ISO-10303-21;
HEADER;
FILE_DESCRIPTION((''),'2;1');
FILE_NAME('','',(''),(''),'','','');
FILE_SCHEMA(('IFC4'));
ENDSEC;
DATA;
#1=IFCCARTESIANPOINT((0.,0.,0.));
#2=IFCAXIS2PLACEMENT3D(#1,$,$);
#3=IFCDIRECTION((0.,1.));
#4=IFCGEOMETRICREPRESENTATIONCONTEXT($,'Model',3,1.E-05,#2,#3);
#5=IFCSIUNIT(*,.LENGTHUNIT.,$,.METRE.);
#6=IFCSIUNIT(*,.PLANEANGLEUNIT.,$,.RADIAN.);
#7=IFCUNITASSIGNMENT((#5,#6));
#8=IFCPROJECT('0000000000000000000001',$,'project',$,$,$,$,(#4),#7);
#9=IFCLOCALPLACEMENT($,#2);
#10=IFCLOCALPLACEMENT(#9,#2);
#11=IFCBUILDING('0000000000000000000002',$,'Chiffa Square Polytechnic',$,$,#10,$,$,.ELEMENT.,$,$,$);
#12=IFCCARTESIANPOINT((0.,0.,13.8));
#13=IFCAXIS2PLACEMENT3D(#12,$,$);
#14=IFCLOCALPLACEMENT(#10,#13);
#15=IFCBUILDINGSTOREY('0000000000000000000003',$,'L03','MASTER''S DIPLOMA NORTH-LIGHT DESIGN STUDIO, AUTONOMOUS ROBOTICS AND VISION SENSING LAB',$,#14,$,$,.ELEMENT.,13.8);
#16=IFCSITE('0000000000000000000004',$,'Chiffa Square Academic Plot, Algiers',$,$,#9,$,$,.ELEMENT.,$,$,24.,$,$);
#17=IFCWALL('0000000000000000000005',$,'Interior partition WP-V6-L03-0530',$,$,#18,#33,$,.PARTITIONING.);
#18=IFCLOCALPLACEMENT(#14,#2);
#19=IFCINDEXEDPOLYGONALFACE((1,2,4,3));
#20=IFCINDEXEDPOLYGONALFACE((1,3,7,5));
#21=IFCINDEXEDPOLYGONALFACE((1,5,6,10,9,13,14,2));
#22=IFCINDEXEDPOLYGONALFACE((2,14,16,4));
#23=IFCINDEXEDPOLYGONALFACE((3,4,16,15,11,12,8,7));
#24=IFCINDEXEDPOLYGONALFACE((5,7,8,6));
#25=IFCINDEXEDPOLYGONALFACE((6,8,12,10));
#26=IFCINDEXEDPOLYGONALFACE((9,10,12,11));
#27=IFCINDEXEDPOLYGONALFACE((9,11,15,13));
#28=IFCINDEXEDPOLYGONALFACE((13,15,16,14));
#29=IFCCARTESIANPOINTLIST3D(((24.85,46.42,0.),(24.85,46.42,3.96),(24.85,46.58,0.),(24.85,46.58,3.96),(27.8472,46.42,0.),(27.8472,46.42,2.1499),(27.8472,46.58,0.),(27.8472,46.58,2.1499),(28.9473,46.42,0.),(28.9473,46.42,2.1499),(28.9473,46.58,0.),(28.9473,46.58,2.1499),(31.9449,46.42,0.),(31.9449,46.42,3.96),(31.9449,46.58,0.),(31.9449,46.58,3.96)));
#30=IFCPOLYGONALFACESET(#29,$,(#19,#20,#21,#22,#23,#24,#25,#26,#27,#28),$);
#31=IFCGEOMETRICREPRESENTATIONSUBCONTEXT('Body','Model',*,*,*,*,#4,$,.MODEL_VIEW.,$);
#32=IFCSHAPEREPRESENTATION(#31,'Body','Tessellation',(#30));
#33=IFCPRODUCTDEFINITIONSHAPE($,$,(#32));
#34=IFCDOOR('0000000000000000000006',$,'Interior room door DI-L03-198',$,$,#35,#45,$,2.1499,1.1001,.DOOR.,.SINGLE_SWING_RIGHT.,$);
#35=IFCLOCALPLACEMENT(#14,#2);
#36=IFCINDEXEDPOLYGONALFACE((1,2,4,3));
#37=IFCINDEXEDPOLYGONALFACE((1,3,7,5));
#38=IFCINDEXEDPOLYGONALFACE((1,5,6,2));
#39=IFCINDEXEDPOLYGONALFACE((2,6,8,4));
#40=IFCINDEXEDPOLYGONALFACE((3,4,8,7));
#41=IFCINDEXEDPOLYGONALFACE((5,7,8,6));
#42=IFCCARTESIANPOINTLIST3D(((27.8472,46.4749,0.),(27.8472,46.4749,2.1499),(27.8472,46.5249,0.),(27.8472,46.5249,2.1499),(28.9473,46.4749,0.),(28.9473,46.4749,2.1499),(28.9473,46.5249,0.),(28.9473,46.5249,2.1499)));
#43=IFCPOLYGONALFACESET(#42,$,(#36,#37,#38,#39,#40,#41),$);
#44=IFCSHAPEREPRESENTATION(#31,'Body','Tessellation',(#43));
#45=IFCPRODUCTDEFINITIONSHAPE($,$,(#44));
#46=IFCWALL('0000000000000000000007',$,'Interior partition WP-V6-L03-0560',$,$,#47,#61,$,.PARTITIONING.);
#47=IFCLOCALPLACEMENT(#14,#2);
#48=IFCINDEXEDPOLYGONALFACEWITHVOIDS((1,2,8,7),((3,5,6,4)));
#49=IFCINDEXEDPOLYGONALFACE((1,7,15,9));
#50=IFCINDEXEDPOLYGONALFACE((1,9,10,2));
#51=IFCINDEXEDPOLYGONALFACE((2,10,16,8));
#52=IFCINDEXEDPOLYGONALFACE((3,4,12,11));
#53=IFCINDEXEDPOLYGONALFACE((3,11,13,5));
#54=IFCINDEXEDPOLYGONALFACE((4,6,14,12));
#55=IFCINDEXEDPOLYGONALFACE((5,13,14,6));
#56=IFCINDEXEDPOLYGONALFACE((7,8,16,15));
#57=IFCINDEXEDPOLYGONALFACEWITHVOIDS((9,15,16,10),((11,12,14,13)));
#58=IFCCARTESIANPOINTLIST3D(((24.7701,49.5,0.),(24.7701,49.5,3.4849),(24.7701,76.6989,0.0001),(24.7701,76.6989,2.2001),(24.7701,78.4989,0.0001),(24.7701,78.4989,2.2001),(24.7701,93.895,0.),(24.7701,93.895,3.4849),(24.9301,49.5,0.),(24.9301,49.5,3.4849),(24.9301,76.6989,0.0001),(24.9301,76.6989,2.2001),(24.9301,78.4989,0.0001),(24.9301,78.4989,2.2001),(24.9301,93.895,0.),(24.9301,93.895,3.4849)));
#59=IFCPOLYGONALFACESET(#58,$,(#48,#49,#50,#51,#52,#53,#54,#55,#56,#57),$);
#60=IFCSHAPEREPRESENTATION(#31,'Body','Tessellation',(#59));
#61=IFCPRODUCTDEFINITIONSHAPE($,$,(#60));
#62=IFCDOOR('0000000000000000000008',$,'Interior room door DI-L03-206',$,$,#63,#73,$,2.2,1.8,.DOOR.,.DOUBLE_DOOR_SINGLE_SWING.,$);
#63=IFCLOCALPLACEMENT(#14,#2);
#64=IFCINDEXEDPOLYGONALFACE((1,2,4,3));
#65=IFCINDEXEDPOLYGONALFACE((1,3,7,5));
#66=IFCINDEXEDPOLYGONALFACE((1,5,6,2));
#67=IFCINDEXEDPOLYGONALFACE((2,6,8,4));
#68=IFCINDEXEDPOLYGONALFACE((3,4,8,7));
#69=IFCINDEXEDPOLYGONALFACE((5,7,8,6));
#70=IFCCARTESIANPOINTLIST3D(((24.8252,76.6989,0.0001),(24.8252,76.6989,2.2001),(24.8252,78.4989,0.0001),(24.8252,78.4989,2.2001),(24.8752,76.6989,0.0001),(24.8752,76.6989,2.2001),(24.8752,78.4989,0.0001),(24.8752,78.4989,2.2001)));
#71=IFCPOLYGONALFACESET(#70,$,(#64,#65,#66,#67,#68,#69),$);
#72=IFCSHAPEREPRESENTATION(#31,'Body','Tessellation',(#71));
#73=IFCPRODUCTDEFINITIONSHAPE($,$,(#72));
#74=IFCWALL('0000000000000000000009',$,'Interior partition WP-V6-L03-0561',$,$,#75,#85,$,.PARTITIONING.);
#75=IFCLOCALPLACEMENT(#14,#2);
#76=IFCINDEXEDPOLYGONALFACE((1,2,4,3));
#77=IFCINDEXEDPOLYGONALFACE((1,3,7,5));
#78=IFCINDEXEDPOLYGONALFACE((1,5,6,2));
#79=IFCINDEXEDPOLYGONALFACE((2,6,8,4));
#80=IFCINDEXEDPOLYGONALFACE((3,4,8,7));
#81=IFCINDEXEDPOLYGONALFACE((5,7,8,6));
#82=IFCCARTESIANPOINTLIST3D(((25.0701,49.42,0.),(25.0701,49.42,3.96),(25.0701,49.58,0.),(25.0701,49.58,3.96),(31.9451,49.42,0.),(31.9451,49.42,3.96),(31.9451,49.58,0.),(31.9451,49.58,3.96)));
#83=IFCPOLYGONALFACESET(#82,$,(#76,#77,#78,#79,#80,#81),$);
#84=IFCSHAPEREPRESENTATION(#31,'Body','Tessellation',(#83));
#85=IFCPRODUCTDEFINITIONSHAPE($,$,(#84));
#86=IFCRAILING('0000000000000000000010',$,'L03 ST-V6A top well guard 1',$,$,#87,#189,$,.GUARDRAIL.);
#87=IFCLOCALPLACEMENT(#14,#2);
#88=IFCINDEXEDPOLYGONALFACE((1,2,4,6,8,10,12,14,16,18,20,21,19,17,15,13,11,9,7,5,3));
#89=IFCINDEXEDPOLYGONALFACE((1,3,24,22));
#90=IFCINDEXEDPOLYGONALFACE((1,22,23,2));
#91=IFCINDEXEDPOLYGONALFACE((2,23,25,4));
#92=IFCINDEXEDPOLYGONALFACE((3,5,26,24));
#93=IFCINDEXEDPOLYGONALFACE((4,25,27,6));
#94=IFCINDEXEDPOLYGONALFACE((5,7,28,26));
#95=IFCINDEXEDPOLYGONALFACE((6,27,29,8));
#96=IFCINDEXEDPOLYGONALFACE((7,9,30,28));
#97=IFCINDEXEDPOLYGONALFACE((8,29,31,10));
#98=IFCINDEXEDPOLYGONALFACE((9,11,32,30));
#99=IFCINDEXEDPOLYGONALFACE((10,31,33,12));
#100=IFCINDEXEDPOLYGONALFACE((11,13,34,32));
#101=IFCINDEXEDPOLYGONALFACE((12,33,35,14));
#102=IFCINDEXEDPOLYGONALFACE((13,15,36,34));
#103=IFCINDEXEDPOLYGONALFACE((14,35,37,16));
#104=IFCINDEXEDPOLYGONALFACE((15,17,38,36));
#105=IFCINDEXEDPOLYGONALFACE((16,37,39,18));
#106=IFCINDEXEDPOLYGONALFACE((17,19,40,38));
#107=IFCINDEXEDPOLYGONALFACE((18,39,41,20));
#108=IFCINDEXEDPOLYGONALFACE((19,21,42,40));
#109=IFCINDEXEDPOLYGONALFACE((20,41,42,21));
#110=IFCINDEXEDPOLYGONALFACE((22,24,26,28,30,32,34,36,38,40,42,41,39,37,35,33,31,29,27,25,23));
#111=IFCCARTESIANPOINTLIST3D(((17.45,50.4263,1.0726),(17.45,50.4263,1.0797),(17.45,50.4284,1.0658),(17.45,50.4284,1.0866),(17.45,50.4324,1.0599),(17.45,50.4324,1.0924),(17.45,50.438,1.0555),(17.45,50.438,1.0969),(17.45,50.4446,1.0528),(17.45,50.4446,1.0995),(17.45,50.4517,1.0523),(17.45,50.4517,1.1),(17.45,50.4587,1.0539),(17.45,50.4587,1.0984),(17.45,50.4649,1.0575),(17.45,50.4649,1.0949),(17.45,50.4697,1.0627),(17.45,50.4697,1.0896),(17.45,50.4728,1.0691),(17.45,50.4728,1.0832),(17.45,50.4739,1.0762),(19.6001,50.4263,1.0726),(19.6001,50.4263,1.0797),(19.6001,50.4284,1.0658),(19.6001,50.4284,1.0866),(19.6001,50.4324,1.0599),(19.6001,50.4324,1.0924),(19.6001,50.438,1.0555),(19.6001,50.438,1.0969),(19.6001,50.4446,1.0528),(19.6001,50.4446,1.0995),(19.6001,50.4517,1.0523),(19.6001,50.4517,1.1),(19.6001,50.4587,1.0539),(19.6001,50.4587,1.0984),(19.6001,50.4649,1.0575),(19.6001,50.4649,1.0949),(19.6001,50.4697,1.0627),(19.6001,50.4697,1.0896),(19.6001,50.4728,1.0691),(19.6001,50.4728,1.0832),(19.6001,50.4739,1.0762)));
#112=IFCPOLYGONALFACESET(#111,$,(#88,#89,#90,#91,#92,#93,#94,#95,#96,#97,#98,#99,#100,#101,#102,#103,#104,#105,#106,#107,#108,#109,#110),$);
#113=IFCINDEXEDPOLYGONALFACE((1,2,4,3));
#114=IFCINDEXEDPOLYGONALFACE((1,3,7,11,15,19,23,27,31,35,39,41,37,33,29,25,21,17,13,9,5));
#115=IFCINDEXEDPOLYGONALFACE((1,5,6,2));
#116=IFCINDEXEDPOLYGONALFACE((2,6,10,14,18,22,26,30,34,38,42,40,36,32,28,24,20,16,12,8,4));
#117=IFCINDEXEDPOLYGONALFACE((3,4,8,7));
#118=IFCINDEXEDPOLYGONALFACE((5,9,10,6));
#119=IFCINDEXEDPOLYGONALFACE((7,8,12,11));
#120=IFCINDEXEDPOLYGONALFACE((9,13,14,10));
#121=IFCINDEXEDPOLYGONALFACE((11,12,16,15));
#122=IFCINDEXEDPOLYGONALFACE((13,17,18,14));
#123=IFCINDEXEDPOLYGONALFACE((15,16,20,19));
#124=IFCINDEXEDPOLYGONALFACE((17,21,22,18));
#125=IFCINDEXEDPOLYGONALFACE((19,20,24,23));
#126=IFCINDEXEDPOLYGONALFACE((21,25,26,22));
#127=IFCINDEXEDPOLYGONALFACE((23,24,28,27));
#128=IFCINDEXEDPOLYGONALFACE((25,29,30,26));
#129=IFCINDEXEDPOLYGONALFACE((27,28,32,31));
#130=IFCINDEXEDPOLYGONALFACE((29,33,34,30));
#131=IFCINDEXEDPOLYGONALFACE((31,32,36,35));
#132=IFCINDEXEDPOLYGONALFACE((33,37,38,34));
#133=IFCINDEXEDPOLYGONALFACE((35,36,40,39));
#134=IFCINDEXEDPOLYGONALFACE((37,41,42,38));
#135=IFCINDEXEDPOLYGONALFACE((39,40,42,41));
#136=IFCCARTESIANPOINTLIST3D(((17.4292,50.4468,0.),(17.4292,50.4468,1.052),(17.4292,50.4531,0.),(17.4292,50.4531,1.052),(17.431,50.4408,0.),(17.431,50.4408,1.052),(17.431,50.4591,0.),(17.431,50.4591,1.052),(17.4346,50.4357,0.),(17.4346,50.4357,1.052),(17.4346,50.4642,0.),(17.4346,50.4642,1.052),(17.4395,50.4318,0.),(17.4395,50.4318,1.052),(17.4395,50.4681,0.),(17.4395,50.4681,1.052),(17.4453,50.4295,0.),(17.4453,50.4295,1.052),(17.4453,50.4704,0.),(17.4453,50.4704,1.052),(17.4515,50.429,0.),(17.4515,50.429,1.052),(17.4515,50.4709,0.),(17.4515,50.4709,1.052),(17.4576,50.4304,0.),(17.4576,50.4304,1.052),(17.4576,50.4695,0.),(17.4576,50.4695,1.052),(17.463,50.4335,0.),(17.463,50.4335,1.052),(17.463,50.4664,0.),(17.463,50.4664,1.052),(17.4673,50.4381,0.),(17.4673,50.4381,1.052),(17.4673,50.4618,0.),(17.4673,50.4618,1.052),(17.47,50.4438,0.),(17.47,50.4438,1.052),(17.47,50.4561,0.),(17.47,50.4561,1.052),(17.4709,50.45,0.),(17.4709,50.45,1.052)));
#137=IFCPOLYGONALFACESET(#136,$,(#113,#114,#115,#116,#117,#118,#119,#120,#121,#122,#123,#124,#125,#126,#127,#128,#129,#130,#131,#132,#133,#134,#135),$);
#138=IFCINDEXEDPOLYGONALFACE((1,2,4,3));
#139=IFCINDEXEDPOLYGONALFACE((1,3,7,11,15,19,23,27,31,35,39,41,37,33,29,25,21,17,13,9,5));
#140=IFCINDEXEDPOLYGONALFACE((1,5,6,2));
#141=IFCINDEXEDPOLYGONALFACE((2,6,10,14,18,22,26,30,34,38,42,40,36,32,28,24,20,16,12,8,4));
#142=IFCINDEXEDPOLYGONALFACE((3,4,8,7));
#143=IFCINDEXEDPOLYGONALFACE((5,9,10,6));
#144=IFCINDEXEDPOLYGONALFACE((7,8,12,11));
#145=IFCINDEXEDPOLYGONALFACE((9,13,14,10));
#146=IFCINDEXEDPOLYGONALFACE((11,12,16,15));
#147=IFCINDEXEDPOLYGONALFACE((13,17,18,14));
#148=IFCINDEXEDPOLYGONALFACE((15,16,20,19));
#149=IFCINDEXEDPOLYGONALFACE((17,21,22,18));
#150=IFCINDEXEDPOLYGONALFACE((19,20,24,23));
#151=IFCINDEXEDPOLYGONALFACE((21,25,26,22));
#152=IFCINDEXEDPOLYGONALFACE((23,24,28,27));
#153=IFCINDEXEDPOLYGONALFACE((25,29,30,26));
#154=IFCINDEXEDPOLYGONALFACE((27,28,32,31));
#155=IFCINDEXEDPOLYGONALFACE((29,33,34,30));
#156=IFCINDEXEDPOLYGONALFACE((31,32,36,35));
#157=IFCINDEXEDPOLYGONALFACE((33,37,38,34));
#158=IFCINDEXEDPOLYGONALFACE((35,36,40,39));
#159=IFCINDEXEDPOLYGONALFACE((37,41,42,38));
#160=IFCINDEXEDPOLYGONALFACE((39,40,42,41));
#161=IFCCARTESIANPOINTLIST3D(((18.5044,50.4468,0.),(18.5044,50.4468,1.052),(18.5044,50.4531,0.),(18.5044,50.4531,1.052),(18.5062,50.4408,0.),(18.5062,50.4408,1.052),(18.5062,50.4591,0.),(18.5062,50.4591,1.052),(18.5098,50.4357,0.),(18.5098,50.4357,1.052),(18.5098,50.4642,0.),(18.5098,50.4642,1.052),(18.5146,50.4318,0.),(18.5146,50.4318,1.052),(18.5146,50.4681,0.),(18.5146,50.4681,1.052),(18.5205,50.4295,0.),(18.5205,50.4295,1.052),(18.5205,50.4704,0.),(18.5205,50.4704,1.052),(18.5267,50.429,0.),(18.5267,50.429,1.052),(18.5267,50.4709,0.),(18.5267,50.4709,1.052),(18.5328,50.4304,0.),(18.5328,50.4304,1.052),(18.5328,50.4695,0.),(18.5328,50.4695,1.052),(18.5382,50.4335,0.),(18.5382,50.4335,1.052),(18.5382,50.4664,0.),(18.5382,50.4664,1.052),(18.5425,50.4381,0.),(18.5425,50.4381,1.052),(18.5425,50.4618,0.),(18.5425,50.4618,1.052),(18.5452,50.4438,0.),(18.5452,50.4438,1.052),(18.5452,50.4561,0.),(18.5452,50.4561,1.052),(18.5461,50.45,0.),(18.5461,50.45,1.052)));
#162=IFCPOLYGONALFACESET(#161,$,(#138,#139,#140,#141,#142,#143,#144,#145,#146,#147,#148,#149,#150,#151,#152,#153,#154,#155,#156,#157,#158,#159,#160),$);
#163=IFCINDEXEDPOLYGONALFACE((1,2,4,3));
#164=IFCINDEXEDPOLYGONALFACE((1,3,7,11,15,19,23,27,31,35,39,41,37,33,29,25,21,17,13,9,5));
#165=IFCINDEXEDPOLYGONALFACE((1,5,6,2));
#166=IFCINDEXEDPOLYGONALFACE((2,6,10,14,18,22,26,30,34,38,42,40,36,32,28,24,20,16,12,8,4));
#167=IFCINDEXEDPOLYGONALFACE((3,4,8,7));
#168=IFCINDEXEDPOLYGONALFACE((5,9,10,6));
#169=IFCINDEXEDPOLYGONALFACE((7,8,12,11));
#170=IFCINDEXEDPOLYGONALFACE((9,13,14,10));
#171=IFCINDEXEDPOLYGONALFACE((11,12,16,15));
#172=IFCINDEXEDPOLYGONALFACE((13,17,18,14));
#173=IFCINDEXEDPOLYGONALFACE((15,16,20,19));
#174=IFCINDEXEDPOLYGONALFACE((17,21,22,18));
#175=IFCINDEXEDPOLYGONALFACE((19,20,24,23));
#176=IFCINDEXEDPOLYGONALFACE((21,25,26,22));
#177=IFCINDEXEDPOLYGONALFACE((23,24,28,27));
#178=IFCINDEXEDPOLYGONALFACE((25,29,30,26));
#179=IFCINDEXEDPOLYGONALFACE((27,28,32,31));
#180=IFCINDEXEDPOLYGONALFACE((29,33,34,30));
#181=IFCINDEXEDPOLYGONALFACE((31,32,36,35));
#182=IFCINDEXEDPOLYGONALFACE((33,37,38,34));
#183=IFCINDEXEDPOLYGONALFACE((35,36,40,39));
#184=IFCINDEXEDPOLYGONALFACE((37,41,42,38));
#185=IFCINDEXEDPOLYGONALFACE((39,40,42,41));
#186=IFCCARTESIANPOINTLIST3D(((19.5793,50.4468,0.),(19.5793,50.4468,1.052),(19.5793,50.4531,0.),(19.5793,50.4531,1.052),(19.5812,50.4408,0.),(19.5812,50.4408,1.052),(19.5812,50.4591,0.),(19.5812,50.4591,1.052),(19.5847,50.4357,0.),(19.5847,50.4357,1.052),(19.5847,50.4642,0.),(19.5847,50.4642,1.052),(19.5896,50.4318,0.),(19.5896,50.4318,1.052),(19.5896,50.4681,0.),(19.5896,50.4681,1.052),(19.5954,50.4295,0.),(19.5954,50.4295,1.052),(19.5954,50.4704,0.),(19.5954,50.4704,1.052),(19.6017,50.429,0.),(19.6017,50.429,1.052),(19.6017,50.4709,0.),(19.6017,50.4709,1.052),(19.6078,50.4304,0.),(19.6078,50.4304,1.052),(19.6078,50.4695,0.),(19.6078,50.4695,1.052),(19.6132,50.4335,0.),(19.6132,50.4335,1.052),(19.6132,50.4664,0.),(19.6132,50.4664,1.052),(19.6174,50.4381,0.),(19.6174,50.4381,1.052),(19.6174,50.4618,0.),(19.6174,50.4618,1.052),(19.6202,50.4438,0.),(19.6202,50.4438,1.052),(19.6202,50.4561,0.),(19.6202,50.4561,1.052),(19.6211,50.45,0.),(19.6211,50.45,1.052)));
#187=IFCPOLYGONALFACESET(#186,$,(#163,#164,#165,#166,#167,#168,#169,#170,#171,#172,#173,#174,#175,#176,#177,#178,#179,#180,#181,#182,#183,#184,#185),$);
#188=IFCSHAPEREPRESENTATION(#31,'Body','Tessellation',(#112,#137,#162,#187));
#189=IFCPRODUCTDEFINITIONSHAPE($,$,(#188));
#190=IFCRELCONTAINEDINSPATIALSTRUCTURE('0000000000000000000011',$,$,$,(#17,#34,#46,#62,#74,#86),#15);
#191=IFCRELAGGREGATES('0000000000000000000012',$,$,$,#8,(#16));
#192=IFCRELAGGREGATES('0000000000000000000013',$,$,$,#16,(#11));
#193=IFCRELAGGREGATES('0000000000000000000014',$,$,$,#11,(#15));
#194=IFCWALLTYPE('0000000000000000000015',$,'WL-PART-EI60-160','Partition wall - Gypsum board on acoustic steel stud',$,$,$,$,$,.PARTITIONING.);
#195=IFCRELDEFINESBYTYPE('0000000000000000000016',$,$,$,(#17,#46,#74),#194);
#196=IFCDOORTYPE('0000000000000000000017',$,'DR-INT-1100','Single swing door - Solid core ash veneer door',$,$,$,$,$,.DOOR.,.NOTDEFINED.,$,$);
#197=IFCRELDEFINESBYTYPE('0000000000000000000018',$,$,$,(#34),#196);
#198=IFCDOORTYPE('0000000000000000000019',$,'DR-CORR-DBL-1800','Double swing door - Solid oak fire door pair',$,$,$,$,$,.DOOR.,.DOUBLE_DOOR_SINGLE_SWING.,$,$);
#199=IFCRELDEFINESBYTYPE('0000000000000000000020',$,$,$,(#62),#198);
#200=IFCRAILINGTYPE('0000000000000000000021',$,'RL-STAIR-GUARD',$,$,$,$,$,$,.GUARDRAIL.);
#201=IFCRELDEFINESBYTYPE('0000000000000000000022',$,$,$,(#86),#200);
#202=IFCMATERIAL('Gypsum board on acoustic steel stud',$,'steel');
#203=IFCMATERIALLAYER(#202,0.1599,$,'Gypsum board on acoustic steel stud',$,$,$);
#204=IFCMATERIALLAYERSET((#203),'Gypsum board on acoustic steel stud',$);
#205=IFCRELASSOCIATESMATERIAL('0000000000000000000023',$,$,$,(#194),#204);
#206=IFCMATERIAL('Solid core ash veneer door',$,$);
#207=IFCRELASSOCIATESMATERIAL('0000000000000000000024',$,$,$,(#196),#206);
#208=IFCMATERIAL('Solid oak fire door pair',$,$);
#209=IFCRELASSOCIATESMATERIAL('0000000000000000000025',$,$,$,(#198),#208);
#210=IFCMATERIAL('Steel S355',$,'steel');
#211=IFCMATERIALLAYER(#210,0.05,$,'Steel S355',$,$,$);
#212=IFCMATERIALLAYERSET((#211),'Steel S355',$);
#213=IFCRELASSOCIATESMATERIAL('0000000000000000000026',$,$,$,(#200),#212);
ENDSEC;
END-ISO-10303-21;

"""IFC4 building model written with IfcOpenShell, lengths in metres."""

from ifc_helpers import new_model, si_unit, direction, frame, frame_2d, origin, origin_2d, place, context, subcontext, project, spatial, rectangle, circle, extrude, material, layer, layer_set, type_object, element, fill, save


model = new_model("IFC4")

# Units and contexts
model_context = context("Model", 3, precision=1e-05, world=origin(), true_north=direction((0.0, 1.0)))
body_context = subcontext(model_context, "Body", "Model", "MODEL_VIEW")
ifc_project = project(units=[si_unit("LENGTHUNIT", "METRE"), si_unit("PLANEANGLEUNIT", "RADIAN")], contexts=[model_context])

# Site, building, storey
site_placement = place(None, origin())
site = spatial("IfcSite", under=ifc_project, at=site_placement, Name="Chiffa Square Academic Plot, Algiers", CompositionType="ELEMENT", RefElevation=24.0)
building_placement = place(site_placement, origin())
building = spatial("IfcBuilding", under=site, at=building_placement, Name="Chiffa Square Polytechnic", CompositionType="ELEMENT")
storey_placement = place(building_placement, frame((0.0, 0.0, 13.8)))
storey = spatial("IfcBuildingStorey", under=building, at=storey_placement, Name="L03", Description="MASTER'S DIPLOMA NORTH-LIGHT DESIGN STUDIO, AUTONOMOUS ROBOTICS AND VISION SENSING LAB", CompositionType="ELEMENT", Elevation=13.8)

# Walls, openings, doors
ifc_material_1 = material(Name="Gypsum board on acoustic steel stud", Category="steel")
ifc_layer_1 = layer(ifc_material_1, 0.1599, Name="Gypsum board on acoustic steel stud")
ifc_layer_set_1 = layer_set([ifc_layer_1], Name="Gypsum board on acoustic steel stud")
wall_type_1 = type_object("IfcWallType", Name="WL-PART-EI60-160", Description="Partition wall - Gypsum board on acoustic steel stud", PredefinedType="PARTITIONING", material=ifc_layer_set_1)
wall_1_placement = place(storey_placement, frame((24.8501, 46.5, 0.0), z_axis=(0.0, 0.0, 1.0), x_axis=(1.0, 0.0, 0.0)))
wall_1 = element("IfcWall", 1, at=wall_1_placement, inside=storey, type_object=wall_type_1, Name="Interior partition WP-V6-L03-0530", PredefinedType="PARTITIONING", context=body_context, shape_type="SweptSolid", body=[
    extrude(rectangle(XDim=7.095, YDim=0.1599, at=frame_2d((3.5474, 0.0))), origin(), (0.0, 0.0, 1.0), 3.96),
])
opening_1_placement = place(wall_1_placement, frame((2.9971, 0.0, 0.0)))
opening_1 = element("IfcOpeningElement", 2, at=opening_1_placement, cuts=wall_1, PredefinedType="OPENING", context=body_context, shape_type="SweptSolid", body=[
    extrude(rectangle(XDim=1.1001, YDim=2.1499, at=frame_2d((0.55, 1.075))), frame((0.0, 0.0898, 0.0), z_axis=(0.0, -1.0, 0.0), x_axis=(1.0, 0.0, 0.0)), (0.0, 0.0, 1.0), 0.1799),
])
ifc_material_2 = material(Name="Solid core ash veneer door")
door_type_1 = type_object("IfcDoorType", Name="DR-INT-1100", Description="Single swing door - Solid core ash veneer door", OperationType="NOTDEFINED", PredefinedType="DOOR", material=ifc_material_2)
door_1_placement = place(opening_1_placement, origin())
door_1 = element("IfcDoor", 3, at=door_1_placement, inside=storey, type_object=door_type_1, Name="Interior room door DI-L03-198", OperationType="SINGLE_SWING_RIGHT", OverallHeight=2.1499, OverallWidth=1.1001, PredefinedType="DOOR", context=body_context, shape_type="SweptSolid", body=[
    extrude(rectangle(XDim=1.1001, YDim=2.1499, at=frame_2d((0.55, 1.075))), frame((0.0, 0.0249, 0.0), z_axis=(0.0, -1.0, 0.0), x_axis=(1.0, 0.0, 0.0)), (0.0, 0.0, 1.0), 0.05),
])
fill(opening_1, door_1)
wall_2_placement = place(storey_placement, frame((24.8501, 49.5, 0.0), z_axis=(0.0, 0.0, 1.0), x_axis=(0.0, 1.0, 0.0)))
wall_2 = element("IfcWall", 4, at=wall_2_placement, inside=storey, type_object=wall_type_1, Name="Interior partition WP-V6-L03-0560", PredefinedType="PARTITIONING", context=body_context, shape_type="SweptSolid", body=[
    extrude(rectangle(XDim=44.395, YDim=0.1599, at=frame_2d((22.1975, 0.0))), origin(), (0.0, 0.0, 1.0), 3.4849),
])
opening_2_placement = place(wall_2_placement, frame((27.199, 0.0, 0.0)))
opening_2 = element("IfcOpeningElement", 5, at=opening_2_placement, cuts=wall_2, PredefinedType="OPENING", context=body_context, shape_type="SweptSolid", body=[
    extrude(rectangle(XDim=1.8, YDim=2.2, at=frame_2d((0.8999, 1.1001))), frame((0.0, 0.0898, 0.0), z_axis=(0.0, -1.0, 0.0), x_axis=(1.0, 0.0, 0.0)), (0.0, 0.0, 1.0), 0.1799),
])
ifc_material_3 = material(Name="Solid oak fire door pair")
door_type_2 = type_object("IfcDoorType", Name="DR-CORR-DBL-1800", Description="Double swing door - Solid oak fire door pair", OperationType="DOUBLE_DOOR_SINGLE_SWING", PredefinedType="DOOR", material=ifc_material_3)
door_2_placement = place(opening_2_placement, origin())
door_2 = element("IfcDoor", 6, at=door_2_placement, inside=storey, type_object=door_type_2, Name="Interior room door DI-L03-206", OperationType="DOUBLE_DOOR_SINGLE_SWING", OverallHeight=2.2, OverallWidth=1.8, PredefinedType="DOOR", context=body_context, shape_type="SweptSolid", body=[
    extrude(rectangle(XDim=1.8, YDim=2.2, at=frame_2d((0.8999, 1.1001))), frame((0.0, 0.0249, 0.0), z_axis=(0.0, -1.0, 0.0), x_axis=(1.0, 0.0, 0.0)), (0.0, 0.0, 1.0), 0.05),
])
fill(opening_2, door_2)

# Wall
wall_3_placement = place(storey_placement, frame((25.0701, 49.5, 0.0), z_axis=(0.0, 0.0, 1.0), x_axis=(1.0, 0.0, 0.0)))
element("IfcWall", 7, at=wall_3_placement, inside=storey, type_object=wall_type_1, Name="Interior partition WP-V6-L03-0561", PredefinedType="PARTITIONING", context=body_context, shape_type="SweptSolid", body=[
    extrude(rectangle(XDim=6.875, YDim=0.1599, at=frame_2d((3.4375, 0.0))), origin(), (0.0, 0.0, 1.0), 3.96),
])

# Railing
ifc_material_4 = material(Name="Steel S355", Category="steel")
ifc_layer_2 = layer(ifc_material_4, 0.05, Name="Steel S355")
ifc_layer_set_2 = layer_set([ifc_layer_2], Name="Steel S355")
railing_type = type_object("IfcRailingType", Name="RL-STAIR-GUARD", PredefinedType="GUARDRAIL", material=ifc_layer_set_2)
railing_placement = place(storey_placement, frame((17.45, 50.45, 0.0)))
element("IfcRailing", 8, at=railing_placement, inside=storey, type_object=railing_type, Name="L03 ST-V6A top well guard 1", PredefinedType="GUARDRAIL", context=body_context, shape_type="SweptSolid", body=[
    extrude(circle(Radius=0.0239, at=origin_2d()), frame((0.0, 0.0, 1.0762), z_axis=(1.0, 0.0, 0.0), x_axis=(0.0, 1.0, 0.0)), (0.0, 0.0, 1.0), 2.1501),
    extrude(circle(Radius=0.021, at=origin_2d()), origin(), (0.0, 0.0, 1.0), 1.052),
    extrude(circle(Radius=0.021, at=origin_2d()), frame((1.0752, 0.0, 0.0)), (0.0, 0.0, 1.0), 1.052),
    extrude(circle(Radius=0.021, at=origin_2d()), frame((2.1501, 0.0, 0.0)), (0.0, 0.0, 1.0), 1.052),
])

save(model, "model.ifc")
